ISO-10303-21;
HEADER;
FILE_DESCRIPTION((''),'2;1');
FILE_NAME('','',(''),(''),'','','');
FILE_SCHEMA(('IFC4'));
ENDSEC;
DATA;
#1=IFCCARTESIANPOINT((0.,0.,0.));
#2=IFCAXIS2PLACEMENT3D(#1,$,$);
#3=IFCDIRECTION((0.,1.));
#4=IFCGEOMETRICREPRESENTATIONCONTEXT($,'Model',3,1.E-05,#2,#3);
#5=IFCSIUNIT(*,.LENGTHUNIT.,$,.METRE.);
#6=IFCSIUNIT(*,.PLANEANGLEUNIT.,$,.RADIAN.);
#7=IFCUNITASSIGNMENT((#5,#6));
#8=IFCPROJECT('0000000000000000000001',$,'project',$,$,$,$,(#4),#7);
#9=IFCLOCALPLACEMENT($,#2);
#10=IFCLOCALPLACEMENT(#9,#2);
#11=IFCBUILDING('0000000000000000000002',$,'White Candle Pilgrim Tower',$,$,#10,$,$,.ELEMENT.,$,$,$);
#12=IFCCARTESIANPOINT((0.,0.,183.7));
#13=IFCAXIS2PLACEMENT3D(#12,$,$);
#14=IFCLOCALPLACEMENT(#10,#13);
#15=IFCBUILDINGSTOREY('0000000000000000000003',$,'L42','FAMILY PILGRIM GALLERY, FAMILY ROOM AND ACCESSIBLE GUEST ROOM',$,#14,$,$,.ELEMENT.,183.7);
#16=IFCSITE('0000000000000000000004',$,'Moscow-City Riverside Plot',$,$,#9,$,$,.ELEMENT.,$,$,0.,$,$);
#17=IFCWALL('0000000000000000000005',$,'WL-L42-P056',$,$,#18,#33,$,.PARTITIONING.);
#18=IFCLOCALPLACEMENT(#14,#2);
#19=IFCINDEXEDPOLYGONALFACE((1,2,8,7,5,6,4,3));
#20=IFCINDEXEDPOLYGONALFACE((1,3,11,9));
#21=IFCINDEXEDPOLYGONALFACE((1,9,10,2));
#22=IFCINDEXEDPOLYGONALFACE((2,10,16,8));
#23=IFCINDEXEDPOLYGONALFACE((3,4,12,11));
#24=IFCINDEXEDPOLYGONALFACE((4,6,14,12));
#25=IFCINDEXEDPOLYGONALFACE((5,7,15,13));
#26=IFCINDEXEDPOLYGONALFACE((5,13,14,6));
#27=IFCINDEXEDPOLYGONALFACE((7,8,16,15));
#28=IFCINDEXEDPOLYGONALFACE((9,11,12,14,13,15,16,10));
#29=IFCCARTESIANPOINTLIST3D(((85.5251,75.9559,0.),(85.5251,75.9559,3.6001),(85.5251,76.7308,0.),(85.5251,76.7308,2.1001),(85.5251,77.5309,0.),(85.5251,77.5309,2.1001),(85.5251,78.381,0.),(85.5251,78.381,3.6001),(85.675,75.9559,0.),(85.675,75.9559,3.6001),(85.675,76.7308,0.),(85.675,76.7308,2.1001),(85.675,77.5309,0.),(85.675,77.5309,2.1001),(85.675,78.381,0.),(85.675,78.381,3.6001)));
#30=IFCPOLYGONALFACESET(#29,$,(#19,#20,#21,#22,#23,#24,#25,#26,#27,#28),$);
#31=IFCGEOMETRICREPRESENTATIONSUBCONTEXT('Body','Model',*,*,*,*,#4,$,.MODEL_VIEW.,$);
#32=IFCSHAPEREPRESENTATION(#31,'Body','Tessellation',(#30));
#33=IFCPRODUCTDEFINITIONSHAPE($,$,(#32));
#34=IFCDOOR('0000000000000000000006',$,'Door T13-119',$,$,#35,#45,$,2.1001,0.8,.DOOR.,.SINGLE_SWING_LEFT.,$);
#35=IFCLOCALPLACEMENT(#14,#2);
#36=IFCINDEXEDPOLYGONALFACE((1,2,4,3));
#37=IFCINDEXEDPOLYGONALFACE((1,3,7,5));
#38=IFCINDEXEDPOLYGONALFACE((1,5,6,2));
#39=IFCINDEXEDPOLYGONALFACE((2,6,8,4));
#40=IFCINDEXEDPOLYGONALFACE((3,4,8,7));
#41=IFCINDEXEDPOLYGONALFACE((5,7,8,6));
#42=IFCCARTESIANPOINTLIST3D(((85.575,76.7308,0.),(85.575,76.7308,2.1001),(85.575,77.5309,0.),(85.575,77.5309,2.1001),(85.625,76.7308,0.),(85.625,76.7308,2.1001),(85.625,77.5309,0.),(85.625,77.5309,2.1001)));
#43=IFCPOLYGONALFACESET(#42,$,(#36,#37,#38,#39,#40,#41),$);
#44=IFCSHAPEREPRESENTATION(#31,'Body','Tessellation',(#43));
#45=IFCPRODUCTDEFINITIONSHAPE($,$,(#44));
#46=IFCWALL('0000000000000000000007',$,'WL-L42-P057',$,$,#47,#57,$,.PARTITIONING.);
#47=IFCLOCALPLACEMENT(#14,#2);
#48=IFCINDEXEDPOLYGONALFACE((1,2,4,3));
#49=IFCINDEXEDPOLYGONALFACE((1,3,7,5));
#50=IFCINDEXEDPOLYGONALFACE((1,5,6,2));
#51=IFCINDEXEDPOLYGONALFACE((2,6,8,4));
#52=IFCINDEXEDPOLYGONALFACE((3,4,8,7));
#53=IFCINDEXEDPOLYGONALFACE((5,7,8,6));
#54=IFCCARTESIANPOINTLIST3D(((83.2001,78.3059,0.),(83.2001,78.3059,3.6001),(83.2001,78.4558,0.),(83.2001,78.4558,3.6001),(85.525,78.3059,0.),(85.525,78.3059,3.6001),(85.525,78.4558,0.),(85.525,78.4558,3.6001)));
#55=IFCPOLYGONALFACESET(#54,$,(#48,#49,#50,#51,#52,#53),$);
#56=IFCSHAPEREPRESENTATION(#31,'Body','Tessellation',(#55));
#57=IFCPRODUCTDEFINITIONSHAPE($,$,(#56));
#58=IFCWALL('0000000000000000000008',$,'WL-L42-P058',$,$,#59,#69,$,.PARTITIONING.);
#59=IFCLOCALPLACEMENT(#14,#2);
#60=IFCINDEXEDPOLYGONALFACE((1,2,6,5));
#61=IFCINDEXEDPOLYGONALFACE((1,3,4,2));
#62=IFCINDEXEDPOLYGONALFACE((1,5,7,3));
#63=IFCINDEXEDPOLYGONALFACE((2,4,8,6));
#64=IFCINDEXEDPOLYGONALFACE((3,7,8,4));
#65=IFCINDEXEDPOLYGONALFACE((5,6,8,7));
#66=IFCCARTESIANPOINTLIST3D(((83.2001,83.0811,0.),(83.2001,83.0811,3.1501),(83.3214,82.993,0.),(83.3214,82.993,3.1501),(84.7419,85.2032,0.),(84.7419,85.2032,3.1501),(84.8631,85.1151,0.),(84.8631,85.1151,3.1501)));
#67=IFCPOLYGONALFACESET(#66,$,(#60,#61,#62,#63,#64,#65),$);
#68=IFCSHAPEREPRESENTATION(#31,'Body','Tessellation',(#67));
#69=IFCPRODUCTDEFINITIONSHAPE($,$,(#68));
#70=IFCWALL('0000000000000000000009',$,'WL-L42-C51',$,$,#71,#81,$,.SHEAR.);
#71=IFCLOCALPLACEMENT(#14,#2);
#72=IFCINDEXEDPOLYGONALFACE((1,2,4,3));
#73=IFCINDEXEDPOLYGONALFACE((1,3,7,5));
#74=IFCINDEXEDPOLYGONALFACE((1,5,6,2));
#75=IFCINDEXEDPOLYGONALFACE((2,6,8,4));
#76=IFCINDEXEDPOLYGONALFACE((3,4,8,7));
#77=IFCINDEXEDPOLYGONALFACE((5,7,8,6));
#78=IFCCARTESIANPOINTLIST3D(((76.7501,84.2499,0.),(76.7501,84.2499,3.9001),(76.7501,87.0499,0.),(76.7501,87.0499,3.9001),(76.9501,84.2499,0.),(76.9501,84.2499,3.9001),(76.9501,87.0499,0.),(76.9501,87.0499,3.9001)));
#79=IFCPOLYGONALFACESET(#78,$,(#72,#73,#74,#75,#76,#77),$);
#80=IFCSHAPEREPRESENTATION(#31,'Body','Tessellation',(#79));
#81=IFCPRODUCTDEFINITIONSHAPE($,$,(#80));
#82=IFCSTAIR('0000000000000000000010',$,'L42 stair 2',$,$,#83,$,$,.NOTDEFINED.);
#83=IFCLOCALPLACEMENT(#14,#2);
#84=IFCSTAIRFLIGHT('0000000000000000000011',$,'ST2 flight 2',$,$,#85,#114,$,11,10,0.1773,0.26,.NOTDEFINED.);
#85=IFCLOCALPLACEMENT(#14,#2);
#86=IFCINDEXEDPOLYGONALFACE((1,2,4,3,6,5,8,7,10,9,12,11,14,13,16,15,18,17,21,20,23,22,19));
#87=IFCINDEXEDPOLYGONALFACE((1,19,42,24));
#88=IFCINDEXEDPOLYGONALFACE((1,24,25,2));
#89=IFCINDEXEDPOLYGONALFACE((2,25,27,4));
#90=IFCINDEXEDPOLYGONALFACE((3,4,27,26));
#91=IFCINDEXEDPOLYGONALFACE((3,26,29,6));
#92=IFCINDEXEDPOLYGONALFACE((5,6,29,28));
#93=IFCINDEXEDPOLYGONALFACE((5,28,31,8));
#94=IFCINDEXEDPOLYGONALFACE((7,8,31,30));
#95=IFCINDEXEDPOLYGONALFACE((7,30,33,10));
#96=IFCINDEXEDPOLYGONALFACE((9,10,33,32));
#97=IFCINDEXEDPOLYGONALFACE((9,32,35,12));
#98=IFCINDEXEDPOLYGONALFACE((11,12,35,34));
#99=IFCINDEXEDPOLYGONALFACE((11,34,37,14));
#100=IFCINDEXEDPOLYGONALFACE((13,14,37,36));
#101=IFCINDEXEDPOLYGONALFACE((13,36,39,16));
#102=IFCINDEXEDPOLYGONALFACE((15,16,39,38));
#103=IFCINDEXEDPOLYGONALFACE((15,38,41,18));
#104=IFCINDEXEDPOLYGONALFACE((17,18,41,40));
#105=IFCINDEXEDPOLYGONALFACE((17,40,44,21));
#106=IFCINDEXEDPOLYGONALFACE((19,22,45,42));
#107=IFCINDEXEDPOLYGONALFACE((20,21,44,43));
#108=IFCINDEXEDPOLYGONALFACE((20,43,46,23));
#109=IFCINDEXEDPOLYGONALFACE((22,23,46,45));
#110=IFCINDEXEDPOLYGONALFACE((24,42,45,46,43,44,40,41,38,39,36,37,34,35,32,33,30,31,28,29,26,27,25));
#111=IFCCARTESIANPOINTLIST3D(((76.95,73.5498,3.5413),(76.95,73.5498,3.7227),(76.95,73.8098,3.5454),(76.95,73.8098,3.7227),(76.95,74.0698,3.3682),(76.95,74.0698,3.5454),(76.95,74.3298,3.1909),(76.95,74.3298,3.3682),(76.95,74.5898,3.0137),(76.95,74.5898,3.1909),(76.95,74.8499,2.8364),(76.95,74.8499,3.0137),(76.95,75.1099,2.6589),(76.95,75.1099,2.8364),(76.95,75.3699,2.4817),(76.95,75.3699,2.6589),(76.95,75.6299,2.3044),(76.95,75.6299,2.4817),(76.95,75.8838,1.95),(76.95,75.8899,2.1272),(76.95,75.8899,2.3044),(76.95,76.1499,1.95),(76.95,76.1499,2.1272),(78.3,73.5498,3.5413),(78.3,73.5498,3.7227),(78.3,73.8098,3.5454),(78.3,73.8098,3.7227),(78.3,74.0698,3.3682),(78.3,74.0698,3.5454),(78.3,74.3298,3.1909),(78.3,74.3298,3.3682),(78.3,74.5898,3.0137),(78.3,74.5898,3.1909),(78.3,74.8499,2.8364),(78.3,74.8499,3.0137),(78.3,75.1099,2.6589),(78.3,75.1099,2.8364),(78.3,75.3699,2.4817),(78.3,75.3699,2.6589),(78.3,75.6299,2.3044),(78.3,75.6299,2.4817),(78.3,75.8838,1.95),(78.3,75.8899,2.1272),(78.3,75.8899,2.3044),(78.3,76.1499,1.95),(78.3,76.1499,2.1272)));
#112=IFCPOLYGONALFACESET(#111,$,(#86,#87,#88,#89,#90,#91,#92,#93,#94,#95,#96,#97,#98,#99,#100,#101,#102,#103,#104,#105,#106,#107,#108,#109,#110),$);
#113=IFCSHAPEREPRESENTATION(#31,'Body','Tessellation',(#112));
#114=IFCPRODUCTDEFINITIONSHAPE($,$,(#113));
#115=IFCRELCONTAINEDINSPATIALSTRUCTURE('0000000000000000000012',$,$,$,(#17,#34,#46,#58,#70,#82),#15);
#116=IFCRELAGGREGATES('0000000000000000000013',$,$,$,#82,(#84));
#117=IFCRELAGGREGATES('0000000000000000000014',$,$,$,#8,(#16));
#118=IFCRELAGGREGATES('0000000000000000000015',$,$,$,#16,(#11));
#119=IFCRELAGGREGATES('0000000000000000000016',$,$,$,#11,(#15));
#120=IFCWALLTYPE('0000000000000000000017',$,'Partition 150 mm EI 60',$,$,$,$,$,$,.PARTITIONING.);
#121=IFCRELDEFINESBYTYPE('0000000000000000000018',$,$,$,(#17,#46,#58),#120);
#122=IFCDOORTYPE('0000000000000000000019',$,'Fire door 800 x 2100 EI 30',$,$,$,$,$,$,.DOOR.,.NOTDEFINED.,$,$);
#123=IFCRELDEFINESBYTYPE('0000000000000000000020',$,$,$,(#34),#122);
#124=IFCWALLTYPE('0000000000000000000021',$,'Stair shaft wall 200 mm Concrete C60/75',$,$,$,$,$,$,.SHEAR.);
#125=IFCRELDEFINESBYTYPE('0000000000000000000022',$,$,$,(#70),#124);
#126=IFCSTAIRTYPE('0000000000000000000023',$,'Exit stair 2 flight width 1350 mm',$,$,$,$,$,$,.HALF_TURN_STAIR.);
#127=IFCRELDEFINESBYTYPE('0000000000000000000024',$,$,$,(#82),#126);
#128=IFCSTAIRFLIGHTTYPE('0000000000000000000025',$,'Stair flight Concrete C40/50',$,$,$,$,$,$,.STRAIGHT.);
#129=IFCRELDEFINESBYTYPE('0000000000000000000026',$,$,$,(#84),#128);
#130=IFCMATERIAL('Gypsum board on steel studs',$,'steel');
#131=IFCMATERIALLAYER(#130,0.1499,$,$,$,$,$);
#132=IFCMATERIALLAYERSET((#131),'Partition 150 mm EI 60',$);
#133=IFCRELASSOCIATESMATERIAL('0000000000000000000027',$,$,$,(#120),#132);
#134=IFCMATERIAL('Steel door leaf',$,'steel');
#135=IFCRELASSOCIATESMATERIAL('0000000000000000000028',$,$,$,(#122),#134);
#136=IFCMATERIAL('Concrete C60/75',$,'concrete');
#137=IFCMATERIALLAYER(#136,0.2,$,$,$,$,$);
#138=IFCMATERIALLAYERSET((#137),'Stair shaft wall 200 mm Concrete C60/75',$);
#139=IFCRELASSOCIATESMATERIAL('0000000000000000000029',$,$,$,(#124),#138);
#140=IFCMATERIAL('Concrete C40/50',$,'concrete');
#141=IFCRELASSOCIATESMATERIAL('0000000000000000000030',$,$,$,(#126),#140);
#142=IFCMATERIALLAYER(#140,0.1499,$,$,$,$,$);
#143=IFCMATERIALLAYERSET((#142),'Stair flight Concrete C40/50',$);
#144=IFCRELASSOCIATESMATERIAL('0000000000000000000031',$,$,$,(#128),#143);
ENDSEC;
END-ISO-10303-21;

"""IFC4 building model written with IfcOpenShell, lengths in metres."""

from ifc_helpers import new_model, si_unit, direction, frame, frame_2d, origin, place, context, subcontext, project, spatial, polyline, rectangle, outline, extrude, material, layer, layer_set, type_object, element, fill, aggregate, save


model = new_model("IFC4")

# Units and contexts
model_context = context("Model", 3, precision=1e-05, world=origin(), true_north=direction((0.0, 1.0)))
body_context = subcontext(model_context, "Body", "Model", "MODEL_VIEW")
ifc_project = project(units=[si_unit("LENGTHUNIT", "METRE"), si_unit("PLANEANGLEUNIT", "RADIAN")], contexts=[model_context])

# Site, building, storey
site_placement = place(None, origin())
site = spatial("IfcSite", under=ifc_project, at=site_placement, Name="Moscow-City Riverside Plot", CompositionType="ELEMENT", RefElevation=0.0)
building_placement = place(site_placement, origin())
building = spatial("IfcBuilding", under=site, at=building_placement, Name="White Candle Pilgrim Tower", CompositionType="ELEMENT")
storey_placement = place(building_placement, frame((0.0, 0.0, 183.7)))
storey = spatial("IfcBuildingStorey", under=building, at=storey_placement, Name="L42", Description="FAMILY PILGRIM GALLERY, FAMILY ROOM AND ACCESSIBLE GUEST ROOM", CompositionType="ELEMENT", Elevation=183.7)

# Shared definitions
ifc_material_1 = material(Name="Concrete C60/75", Category="concrete")

# Shared definitions
ifc_material_2 = material(Name="Steel door leaf", Category="steel")

# Shared definitions
ifc_material_3 = material(Name="Gypsum board on steel studs", Category="steel")

# Shared definitions
ifc_layer_1 = layer(ifc_material_3, 0.1499)
ifc_layer_set_1 = layer_set([ifc_layer_1], Name="Partition 150 mm EI 60")
wall_type_1 = type_object("IfcWallType", Name="Partition 150 mm EI 60", PredefinedType="PARTITIONING", material=ifc_layer_set_1)

# Wall, opening, door
wall_1_placement = place(storey_placement, frame((85.6001, 78.3809, 0.0), z_axis=(0.0, 0.0, 1.0), x_axis=(0.0, -1.0, 0.0)))
wall_1 = element("IfcWall", 1, at=wall_1_placement, inside=storey, type_object=wall_type_1, Name="WL-L42-P056", PredefinedType="PARTITIONING", context=body_context, shape_type="SweptSolid", body=[
    extrude(rectangle(XDim=2.425, YDim=0.1499, at=frame_2d((1.2124, 0.0))), origin(), (0.0, 0.0, 1.0), 3.6001),
])
opening_1_placement = place(wall_1_placement, frame((0.8501, 0.0, 0.0)))
opening_1 = element("IfcOpeningElement", 2, at=opening_1_placement, cuts=wall_1, PredefinedType="OPENING", context=body_context, shape_type="SweptSolid", body=[
    extrude(rectangle(XDim=0.8, YDim=2.1001, at=frame_2d((0.3999, 1.05))), frame((0.0, 0.085, 0.0), z_axis=(0.0, -1.0, 0.0), x_axis=(1.0, 0.0, 0.0)), (0.0, 0.0, 1.0), 0.1699),
])
door_type_1 = type_object("IfcDoorType", Name="Fire door 800 x 2100 EI 30", OperationType="NOTDEFINED", PredefinedType="DOOR", material=ifc_material_2)
door_1_placement = place(opening_1_placement, origin())
door_1 = element("IfcDoor", 3, at=door_1_placement, inside=storey, type_object=door_type_1, Name="Door T13-119", OperationType="SINGLE_SWING_LEFT", OverallHeight=2.1001, OverallWidth=0.8, PredefinedType="DOOR", context=body_context, shape_type="SweptSolid", body=[
    extrude(rectangle(XDim=0.8, YDim=2.1001, at=frame_2d((0.3999, 1.05))), frame((0.0, 0.0249, 0.0), z_axis=(0.0, -1.0, 0.0), x_axis=(1.0, 0.0, 0.0)), (0.0, 0.0, 1.0), 0.05),
])
fill(opening_1, door_1)

# Walls
wall_2_placement = place(storey_placement, frame((83.2, 78.3809, 0.0), z_axis=(0.0, 0.0, 1.0), x_axis=(1.0, 0.0, 0.0)))
element("IfcWall", 4, at=wall_2_placement, inside=storey, type_object=wall_type_1, Name="WL-L42-P057", PredefinedType="PARTITIONING", context=body_context, shape_type="SweptSolid", body=[
    extrude(rectangle(XDim=2.325, YDim=0.1499, at=frame_2d((1.1626, 0.0))), origin(), (0.0, 0.0, 1.0), 3.6001),
])
wall_3_placement = place(storey_placement, frame((84.8025, 85.1592, 0.0), z_axis=(0.0, 0.0, 1.0), x_axis=(-0.587779, -0.809022, 0.0)))
element("IfcWall", 5, at=wall_3_placement, inside=storey, type_object=wall_type_1, Name="WL-L42-P058", PredefinedType="PARTITIONING", context=body_context, shape_type="SweptSolid", body=[
    extrude(rectangle(XDim=2.623, YDim=0.1499, at=frame_2d((1.3115, 0.0))), origin(), (0.0, 0.0, 1.0), 3.1501),
])
ifc_layer_2 = layer(ifc_material_1, 0.2)
ifc_layer_set_2 = layer_set([ifc_layer_2], Name="Stair shaft wall 200 mm Concrete C60/75")
wall_type_2 = type_object("IfcWallType", Name="Stair shaft wall 200 mm Concrete C60/75", PredefinedType="SHEAR", material=ifc_layer_set_2)
wall_4_placement = place(storey_placement, frame((76.8501, 84.25, 0.0), z_axis=(0.0, 0.0, 1.0), x_axis=(0.0, 1.0, 0.0)))
element("IfcWall", 6, at=wall_4_placement, inside=storey, type_object=wall_type_2, Name="WL-L42-C51", PredefinedType="SHEAR", context=body_context, shape_type="SweptSolid", body=[
    extrude(rectangle(XDim=2.8, YDim=0.2, at=frame_2d((1.3999, 0.0))), origin(), (0.0, 0.0, 1.0), 3.9001),
])

# Stair, stair flight
ifc_material_4 = material(Name="Concrete C40/50", Category="concrete")
stair_type = type_object("IfcStairType", Name="Exit stair 2 flight width 1350 mm", PredefinedType="HALF_TURN_STAIR", material=ifc_material_4)
stair_placement = place(storey_placement, origin())
stair = element("IfcStair", 7, at=stair_placement, inside=storey, type_object=stair_type, Name="L42 stair 2", PredefinedType="NOTDEFINED")
ifc_layer_3 = layer(ifc_material_4, 0.1499)
ifc_layer_set_3 = layer_set([ifc_layer_3], Name="Stair flight Concrete C40/50")
stair_flight_type = type_object("IfcStairFlightType", Name="Stair flight Concrete C40/50", PredefinedType="STRAIGHT", material=ifc_layer_set_3)
stair_flight_placement = place(storey_placement, frame((77.625, 76.1499, 1.95), z_axis=(0.0, 0.0, 1.0), x_axis=(0.0, -1.0, 0.0)))
stair_flight = element("IfcStairFlight", 8, at=stair_flight_placement, type_object=stair_flight_type, Name="ST2 flight 2", NumberOfRisers=11, NumberOfTreads=10, PredefinedType="NOTDEFINED", RiserHeight=0.1773, TreadLength=0.26, context=body_context, shape_type="SweptSolid", body=[
    extrude(outline(polyline([(0.0, 0.0), (0.0, 0.1772), (0.26, 0.1772), (0.26, 0.3545), (0.52, 0.3545), (0.52, 0.5317), (0.78, 0.5317), (0.78, 0.709), (1.04, 0.709), (1.04, 0.8865), (1.3, 0.8865), (1.3, 1.0637), (1.5601, 1.0637), (1.5601, 1.241), (1.8201, 1.241), (1.8201, 1.4182), (2.0801, 1.4182), (2.0801, 1.5955), (2.3401, 1.5955), (2.3401, 1.7727), (2.6001, 1.7727), (2.6001, 1.95), (2.6001, 1.5913), (0.2661, 0.0), (0.0, 0.0)])), frame((0.0, 0.675, 0.0), z_axis=(0.0, -1.0, 0.0), x_axis=(1.0, 0.0, 0.0)), (0.0, 0.0, 1.0), 1.3501),
])
aggregate(stair, [stair_flight])

save(model, "model.ifc")
